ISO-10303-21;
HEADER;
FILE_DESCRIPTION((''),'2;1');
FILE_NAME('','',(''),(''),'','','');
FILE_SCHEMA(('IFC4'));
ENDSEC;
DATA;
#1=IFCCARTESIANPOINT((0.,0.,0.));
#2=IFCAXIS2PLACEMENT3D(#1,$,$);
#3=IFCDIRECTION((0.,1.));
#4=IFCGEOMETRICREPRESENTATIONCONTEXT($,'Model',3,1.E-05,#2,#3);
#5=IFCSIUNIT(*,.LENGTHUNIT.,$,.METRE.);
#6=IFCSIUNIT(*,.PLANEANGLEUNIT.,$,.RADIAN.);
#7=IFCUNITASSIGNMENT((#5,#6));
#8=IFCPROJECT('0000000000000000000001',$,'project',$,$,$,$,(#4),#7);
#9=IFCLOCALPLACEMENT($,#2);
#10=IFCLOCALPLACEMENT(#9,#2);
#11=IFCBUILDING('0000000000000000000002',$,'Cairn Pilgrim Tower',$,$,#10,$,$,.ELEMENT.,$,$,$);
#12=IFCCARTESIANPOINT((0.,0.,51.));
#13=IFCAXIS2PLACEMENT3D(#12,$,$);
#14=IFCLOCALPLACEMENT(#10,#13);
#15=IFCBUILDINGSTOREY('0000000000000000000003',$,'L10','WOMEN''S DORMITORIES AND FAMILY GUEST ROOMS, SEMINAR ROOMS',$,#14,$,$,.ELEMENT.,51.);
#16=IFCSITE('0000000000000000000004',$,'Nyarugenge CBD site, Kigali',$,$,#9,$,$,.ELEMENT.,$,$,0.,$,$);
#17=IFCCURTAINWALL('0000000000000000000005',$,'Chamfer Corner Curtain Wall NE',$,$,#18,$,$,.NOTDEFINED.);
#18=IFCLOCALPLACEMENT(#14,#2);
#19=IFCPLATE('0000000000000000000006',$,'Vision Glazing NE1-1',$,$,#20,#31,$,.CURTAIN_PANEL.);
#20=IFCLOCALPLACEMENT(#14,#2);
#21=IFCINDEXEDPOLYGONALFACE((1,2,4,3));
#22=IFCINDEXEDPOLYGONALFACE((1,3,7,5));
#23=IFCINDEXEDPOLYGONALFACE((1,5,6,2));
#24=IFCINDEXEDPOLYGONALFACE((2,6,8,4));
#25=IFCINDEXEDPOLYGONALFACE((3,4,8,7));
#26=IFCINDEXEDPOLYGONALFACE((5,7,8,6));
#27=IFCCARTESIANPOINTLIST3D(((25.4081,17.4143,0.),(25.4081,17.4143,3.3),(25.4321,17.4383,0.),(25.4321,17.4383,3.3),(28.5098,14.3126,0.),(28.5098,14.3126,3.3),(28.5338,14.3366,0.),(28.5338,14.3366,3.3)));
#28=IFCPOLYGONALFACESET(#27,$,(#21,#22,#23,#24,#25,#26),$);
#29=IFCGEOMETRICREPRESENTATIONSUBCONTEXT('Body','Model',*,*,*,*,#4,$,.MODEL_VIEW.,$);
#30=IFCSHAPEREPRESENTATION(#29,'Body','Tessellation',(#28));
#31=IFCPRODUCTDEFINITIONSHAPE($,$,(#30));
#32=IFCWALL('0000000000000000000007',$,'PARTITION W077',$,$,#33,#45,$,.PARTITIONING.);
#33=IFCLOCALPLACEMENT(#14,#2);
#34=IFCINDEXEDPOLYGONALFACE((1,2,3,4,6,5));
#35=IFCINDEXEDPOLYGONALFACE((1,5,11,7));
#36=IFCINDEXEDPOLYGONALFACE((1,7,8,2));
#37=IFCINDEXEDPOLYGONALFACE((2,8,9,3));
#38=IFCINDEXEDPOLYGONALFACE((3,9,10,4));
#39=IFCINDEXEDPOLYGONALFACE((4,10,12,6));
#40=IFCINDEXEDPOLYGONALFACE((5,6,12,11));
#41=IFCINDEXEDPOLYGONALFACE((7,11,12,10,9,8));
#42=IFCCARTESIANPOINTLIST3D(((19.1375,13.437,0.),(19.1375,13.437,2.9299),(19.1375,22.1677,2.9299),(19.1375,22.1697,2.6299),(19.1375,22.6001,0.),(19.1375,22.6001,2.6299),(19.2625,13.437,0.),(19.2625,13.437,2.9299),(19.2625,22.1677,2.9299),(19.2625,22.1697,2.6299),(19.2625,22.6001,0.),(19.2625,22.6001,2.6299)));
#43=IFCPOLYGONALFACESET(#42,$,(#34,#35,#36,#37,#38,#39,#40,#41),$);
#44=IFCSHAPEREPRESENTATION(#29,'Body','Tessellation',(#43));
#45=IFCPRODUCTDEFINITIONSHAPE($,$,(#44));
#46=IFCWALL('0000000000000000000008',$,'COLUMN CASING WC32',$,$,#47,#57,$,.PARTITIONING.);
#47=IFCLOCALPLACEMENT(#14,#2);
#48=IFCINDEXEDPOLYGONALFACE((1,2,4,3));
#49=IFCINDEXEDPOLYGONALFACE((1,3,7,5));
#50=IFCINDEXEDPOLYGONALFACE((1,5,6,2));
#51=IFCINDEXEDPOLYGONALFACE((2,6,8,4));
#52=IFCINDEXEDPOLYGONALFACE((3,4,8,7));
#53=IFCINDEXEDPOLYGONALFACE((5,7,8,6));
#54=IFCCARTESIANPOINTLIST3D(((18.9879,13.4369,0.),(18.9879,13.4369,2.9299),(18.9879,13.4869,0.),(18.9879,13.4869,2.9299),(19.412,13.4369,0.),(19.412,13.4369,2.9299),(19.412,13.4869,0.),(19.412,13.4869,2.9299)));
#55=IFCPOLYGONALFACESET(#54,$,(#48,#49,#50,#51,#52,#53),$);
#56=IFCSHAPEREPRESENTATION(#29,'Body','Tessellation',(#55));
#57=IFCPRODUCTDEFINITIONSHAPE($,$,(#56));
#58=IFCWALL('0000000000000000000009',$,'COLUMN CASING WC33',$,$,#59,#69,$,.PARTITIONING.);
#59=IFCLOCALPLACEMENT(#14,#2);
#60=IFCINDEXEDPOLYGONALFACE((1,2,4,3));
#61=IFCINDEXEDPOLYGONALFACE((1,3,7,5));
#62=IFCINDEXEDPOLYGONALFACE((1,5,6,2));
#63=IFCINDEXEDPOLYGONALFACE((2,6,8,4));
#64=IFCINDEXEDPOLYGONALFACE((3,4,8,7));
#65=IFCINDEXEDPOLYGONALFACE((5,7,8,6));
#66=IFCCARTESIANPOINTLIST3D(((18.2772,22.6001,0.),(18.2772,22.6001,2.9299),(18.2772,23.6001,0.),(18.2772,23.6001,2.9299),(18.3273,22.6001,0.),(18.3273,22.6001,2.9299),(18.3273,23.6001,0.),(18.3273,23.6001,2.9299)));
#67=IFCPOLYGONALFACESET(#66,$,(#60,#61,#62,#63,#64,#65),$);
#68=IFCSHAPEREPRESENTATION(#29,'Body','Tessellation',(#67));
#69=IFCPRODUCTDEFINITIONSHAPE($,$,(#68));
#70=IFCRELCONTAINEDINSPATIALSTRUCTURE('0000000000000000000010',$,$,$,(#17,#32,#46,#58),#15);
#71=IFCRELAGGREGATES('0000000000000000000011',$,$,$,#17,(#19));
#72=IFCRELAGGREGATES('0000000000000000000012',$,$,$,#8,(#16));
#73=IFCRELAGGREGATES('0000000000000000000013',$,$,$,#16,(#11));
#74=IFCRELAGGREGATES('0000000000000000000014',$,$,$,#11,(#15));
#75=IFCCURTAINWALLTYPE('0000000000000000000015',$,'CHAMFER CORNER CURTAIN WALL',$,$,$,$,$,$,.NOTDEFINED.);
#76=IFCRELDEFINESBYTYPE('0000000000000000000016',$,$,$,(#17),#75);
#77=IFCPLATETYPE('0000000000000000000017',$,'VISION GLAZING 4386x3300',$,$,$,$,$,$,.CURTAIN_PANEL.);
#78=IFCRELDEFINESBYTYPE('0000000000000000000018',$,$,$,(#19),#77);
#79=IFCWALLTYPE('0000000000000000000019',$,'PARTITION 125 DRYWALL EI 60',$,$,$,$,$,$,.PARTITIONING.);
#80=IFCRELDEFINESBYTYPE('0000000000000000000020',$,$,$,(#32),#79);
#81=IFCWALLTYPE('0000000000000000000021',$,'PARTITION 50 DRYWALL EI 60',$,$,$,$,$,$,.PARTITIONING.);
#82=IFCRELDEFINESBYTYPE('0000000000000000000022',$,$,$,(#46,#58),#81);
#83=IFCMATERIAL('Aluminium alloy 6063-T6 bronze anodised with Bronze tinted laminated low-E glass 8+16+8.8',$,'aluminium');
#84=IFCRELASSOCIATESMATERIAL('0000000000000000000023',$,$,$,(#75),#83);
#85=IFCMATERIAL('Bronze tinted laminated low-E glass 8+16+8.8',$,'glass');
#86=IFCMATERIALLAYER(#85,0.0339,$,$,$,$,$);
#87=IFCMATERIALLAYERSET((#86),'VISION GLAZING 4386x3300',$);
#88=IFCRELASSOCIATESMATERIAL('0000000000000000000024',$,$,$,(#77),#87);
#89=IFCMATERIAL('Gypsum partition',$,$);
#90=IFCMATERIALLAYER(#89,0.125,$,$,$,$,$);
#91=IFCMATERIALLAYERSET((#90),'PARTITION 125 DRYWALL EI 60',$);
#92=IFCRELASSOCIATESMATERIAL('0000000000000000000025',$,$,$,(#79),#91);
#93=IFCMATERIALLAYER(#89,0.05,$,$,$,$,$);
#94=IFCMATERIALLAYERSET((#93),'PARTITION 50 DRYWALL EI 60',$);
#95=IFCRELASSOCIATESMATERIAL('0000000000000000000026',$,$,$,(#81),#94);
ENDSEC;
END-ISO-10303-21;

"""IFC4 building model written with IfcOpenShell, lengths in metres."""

from ifc_helpers import new_model, si_unit, direction, frame, frame_2d, origin, origin_2d, place, context, subcontext, project, spatial, polyline, rectangle, outline, extrude, material, layer, layer_set, type_object, element, aggregate, save


model = new_model("IFC4")

# Units and contexts
model_context = context("Model", 3, precision=1e-05, world=origin(), true_north=direction((0.0, 1.0)))
body_context = subcontext(model_context, "Body", "Model", "MODEL_VIEW")
ifc_project = project(units=[si_unit("LENGTHUNIT", "METRE"), si_unit("PLANEANGLEUNIT", "RADIAN")], contexts=[model_context])

# Site, building, storey
site_placement = place(None, origin())
site = spatial("IfcSite", under=ifc_project, at=site_placement, Name="Nyarugenge CBD site, Kigali", CompositionType="ELEMENT", RefElevation=0.0)
building_placement = place(site_placement, origin())
building = spatial("IfcBuilding", under=site, at=building_placement, Name="Cairn Pilgrim Tower", CompositionType="ELEMENT")
storey_placement = place(building_placement, frame((0.0, 0.0, 51.0)))
storey = spatial("IfcBuildingStorey", under=building, at=storey_placement, Name="L10", Description="WOMEN'S DORMITORIES AND FAMILY GUEST ROOMS, SEMINAR ROOMS", CompositionType="ELEMENT", Elevation=51.0)

# Curtain wall
ifc_material_1 = material(Name="Aluminium alloy 6063-T6 bronze anodised with Bronze tinted laminated low-E glass 8+16+8.8", Category="aluminium")
curtain_wall_type_1 = type_object("IfcCurtainWallType", Name="CHAMFER CORNER CURTAIN WALL", PredefinedType="NOTDEFINED", material=ifc_material_1)
curtain_wall_1_placement = place(storey_placement, origin())
curtain_wall_1 = element("IfcCurtainWall", 1, at=curtain_wall_1_placement, inside=storey, type_object=curtain_wall_type_1, Name="Chamfer Corner Curtain Wall NE", PredefinedType="NOTDEFINED")

# Plate
ifc_material_2 = material(Name="Bronze tinted laminated low-E glass 8+16+8.8", Category="glass")
ifc_layer_1 = layer(ifc_material_2, 0.0339)
ifc_layer_set_1 = layer_set([ifc_layer_1], Name="VISION GLAZING 4386x3300")
plate_type_1 = type_object("IfcPlateType", Name="VISION GLAZING 4386x3300", PredefinedType="CURTAIN_PANEL", material=ifc_layer_set_1)
plate_1_placement = place(storey_placement, frame((26.9709, 15.8755, 0.0), z_axis=(0.0, 0.0, 1.0), x_axis=(-0.707107, 0.707107, 0.0)))
plate_1 = element("IfcPlate", 2, at=plate_1_placement, type_object=plate_type_1, Name="Vision Glazing NE1-1", PredefinedType="CURTAIN_PANEL", context=body_context, shape_type="SweptSolid", body=[
    extrude(rectangle(XDim=4.3865, YDim=0.0339, at=origin_2d()), origin(), (0.0, 0.0, 1.0), 3.3),
])
aggregate(curtain_wall_1, [plate_1])

# Walls
ifc_material_3 = material(Name="Gypsum partition")
ifc_layer_2 = layer(ifc_material_3, 0.125)
ifc_layer_set_2 = layer_set([ifc_layer_2], Name="PARTITION 125 DRYWALL EI 60")
wall_type_1 = type_object("IfcWallType", Name="PARTITION 125 DRYWALL EI 60", PredefinedType="PARTITIONING", material=ifc_layer_set_2)
wall_1_placement = place(storey_placement, frame((19.2, 13.437, 0.0), z_axis=(0.0, 0.0, 1.0), x_axis=(0.0, 1.0, 0.0)))
element("IfcWall", 3, at=wall_1_placement, inside=storey, type_object=wall_type_1, Name="PARTITION W077", PredefinedType="PARTITIONING", context=body_context, shape_type="SweptSolid", body=[
    extrude(outline(polyline([(0.0, 0.0), (9.1631, 0.0), (9.1631, 2.6299), (8.7327, 2.6299), (8.7307, 2.9299), (0.0, 2.9299), (0.0, 0.0)])), frame((0.0, 0.0625, 0.0), z_axis=(0.0, -1.0, 0.0), x_axis=(1.0, 0.0, 0.0)), (0.0, 0.0, 1.0), 0.125),
])
ifc_layer_3 = layer(ifc_material_3, 0.05)
ifc_layer_set_3 = layer_set([ifc_layer_3], Name="PARTITION 50 DRYWALL EI 60")
wall_type_2 = type_object("IfcWallType", Name="PARTITION 50 DRYWALL EI 60", PredefinedType="PARTITIONING", material=ifc_layer_set_3)
wall_2_placement = place(storey_placement, frame((18.988, 13.4619, 0.0), z_axis=(0.0, 0.0, 1.0), x_axis=(1.0, 0.0, 0.0)))
element("IfcWall", 4, at=wall_2_placement, inside=storey, type_object=wall_type_2, Name="COLUMN CASING WC32", PredefinedType="PARTITIONING", context=body_context, shape_type="SweptSolid", body=[
    extrude(rectangle(XDim=0.4241, YDim=0.05, at=frame_2d((0.2119, 0.0))), origin(), (0.0, 0.0, 1.0), 2.9299),
])
wall_3_placement = place(storey_placement, frame((18.3022, 22.6001, 0.0), z_axis=(0.0, 0.0, 1.0), x_axis=(0.0, 1.0, 0.0)))
element("IfcWall", 5, at=wall_3_placement, inside=storey, type_object=wall_type_2, Name="COLUMN CASING WC33", PredefinedType="PARTITIONING", context=body_context, shape_type="SweptSolid", body=[
    extrude(rectangle(XDim=1.0, YDim=0.05, at=frame_2d((0.5, 0.0))), origin(), (0.0, 0.0, 1.0), 2.9299),
])

save(model, "model.ifc")
